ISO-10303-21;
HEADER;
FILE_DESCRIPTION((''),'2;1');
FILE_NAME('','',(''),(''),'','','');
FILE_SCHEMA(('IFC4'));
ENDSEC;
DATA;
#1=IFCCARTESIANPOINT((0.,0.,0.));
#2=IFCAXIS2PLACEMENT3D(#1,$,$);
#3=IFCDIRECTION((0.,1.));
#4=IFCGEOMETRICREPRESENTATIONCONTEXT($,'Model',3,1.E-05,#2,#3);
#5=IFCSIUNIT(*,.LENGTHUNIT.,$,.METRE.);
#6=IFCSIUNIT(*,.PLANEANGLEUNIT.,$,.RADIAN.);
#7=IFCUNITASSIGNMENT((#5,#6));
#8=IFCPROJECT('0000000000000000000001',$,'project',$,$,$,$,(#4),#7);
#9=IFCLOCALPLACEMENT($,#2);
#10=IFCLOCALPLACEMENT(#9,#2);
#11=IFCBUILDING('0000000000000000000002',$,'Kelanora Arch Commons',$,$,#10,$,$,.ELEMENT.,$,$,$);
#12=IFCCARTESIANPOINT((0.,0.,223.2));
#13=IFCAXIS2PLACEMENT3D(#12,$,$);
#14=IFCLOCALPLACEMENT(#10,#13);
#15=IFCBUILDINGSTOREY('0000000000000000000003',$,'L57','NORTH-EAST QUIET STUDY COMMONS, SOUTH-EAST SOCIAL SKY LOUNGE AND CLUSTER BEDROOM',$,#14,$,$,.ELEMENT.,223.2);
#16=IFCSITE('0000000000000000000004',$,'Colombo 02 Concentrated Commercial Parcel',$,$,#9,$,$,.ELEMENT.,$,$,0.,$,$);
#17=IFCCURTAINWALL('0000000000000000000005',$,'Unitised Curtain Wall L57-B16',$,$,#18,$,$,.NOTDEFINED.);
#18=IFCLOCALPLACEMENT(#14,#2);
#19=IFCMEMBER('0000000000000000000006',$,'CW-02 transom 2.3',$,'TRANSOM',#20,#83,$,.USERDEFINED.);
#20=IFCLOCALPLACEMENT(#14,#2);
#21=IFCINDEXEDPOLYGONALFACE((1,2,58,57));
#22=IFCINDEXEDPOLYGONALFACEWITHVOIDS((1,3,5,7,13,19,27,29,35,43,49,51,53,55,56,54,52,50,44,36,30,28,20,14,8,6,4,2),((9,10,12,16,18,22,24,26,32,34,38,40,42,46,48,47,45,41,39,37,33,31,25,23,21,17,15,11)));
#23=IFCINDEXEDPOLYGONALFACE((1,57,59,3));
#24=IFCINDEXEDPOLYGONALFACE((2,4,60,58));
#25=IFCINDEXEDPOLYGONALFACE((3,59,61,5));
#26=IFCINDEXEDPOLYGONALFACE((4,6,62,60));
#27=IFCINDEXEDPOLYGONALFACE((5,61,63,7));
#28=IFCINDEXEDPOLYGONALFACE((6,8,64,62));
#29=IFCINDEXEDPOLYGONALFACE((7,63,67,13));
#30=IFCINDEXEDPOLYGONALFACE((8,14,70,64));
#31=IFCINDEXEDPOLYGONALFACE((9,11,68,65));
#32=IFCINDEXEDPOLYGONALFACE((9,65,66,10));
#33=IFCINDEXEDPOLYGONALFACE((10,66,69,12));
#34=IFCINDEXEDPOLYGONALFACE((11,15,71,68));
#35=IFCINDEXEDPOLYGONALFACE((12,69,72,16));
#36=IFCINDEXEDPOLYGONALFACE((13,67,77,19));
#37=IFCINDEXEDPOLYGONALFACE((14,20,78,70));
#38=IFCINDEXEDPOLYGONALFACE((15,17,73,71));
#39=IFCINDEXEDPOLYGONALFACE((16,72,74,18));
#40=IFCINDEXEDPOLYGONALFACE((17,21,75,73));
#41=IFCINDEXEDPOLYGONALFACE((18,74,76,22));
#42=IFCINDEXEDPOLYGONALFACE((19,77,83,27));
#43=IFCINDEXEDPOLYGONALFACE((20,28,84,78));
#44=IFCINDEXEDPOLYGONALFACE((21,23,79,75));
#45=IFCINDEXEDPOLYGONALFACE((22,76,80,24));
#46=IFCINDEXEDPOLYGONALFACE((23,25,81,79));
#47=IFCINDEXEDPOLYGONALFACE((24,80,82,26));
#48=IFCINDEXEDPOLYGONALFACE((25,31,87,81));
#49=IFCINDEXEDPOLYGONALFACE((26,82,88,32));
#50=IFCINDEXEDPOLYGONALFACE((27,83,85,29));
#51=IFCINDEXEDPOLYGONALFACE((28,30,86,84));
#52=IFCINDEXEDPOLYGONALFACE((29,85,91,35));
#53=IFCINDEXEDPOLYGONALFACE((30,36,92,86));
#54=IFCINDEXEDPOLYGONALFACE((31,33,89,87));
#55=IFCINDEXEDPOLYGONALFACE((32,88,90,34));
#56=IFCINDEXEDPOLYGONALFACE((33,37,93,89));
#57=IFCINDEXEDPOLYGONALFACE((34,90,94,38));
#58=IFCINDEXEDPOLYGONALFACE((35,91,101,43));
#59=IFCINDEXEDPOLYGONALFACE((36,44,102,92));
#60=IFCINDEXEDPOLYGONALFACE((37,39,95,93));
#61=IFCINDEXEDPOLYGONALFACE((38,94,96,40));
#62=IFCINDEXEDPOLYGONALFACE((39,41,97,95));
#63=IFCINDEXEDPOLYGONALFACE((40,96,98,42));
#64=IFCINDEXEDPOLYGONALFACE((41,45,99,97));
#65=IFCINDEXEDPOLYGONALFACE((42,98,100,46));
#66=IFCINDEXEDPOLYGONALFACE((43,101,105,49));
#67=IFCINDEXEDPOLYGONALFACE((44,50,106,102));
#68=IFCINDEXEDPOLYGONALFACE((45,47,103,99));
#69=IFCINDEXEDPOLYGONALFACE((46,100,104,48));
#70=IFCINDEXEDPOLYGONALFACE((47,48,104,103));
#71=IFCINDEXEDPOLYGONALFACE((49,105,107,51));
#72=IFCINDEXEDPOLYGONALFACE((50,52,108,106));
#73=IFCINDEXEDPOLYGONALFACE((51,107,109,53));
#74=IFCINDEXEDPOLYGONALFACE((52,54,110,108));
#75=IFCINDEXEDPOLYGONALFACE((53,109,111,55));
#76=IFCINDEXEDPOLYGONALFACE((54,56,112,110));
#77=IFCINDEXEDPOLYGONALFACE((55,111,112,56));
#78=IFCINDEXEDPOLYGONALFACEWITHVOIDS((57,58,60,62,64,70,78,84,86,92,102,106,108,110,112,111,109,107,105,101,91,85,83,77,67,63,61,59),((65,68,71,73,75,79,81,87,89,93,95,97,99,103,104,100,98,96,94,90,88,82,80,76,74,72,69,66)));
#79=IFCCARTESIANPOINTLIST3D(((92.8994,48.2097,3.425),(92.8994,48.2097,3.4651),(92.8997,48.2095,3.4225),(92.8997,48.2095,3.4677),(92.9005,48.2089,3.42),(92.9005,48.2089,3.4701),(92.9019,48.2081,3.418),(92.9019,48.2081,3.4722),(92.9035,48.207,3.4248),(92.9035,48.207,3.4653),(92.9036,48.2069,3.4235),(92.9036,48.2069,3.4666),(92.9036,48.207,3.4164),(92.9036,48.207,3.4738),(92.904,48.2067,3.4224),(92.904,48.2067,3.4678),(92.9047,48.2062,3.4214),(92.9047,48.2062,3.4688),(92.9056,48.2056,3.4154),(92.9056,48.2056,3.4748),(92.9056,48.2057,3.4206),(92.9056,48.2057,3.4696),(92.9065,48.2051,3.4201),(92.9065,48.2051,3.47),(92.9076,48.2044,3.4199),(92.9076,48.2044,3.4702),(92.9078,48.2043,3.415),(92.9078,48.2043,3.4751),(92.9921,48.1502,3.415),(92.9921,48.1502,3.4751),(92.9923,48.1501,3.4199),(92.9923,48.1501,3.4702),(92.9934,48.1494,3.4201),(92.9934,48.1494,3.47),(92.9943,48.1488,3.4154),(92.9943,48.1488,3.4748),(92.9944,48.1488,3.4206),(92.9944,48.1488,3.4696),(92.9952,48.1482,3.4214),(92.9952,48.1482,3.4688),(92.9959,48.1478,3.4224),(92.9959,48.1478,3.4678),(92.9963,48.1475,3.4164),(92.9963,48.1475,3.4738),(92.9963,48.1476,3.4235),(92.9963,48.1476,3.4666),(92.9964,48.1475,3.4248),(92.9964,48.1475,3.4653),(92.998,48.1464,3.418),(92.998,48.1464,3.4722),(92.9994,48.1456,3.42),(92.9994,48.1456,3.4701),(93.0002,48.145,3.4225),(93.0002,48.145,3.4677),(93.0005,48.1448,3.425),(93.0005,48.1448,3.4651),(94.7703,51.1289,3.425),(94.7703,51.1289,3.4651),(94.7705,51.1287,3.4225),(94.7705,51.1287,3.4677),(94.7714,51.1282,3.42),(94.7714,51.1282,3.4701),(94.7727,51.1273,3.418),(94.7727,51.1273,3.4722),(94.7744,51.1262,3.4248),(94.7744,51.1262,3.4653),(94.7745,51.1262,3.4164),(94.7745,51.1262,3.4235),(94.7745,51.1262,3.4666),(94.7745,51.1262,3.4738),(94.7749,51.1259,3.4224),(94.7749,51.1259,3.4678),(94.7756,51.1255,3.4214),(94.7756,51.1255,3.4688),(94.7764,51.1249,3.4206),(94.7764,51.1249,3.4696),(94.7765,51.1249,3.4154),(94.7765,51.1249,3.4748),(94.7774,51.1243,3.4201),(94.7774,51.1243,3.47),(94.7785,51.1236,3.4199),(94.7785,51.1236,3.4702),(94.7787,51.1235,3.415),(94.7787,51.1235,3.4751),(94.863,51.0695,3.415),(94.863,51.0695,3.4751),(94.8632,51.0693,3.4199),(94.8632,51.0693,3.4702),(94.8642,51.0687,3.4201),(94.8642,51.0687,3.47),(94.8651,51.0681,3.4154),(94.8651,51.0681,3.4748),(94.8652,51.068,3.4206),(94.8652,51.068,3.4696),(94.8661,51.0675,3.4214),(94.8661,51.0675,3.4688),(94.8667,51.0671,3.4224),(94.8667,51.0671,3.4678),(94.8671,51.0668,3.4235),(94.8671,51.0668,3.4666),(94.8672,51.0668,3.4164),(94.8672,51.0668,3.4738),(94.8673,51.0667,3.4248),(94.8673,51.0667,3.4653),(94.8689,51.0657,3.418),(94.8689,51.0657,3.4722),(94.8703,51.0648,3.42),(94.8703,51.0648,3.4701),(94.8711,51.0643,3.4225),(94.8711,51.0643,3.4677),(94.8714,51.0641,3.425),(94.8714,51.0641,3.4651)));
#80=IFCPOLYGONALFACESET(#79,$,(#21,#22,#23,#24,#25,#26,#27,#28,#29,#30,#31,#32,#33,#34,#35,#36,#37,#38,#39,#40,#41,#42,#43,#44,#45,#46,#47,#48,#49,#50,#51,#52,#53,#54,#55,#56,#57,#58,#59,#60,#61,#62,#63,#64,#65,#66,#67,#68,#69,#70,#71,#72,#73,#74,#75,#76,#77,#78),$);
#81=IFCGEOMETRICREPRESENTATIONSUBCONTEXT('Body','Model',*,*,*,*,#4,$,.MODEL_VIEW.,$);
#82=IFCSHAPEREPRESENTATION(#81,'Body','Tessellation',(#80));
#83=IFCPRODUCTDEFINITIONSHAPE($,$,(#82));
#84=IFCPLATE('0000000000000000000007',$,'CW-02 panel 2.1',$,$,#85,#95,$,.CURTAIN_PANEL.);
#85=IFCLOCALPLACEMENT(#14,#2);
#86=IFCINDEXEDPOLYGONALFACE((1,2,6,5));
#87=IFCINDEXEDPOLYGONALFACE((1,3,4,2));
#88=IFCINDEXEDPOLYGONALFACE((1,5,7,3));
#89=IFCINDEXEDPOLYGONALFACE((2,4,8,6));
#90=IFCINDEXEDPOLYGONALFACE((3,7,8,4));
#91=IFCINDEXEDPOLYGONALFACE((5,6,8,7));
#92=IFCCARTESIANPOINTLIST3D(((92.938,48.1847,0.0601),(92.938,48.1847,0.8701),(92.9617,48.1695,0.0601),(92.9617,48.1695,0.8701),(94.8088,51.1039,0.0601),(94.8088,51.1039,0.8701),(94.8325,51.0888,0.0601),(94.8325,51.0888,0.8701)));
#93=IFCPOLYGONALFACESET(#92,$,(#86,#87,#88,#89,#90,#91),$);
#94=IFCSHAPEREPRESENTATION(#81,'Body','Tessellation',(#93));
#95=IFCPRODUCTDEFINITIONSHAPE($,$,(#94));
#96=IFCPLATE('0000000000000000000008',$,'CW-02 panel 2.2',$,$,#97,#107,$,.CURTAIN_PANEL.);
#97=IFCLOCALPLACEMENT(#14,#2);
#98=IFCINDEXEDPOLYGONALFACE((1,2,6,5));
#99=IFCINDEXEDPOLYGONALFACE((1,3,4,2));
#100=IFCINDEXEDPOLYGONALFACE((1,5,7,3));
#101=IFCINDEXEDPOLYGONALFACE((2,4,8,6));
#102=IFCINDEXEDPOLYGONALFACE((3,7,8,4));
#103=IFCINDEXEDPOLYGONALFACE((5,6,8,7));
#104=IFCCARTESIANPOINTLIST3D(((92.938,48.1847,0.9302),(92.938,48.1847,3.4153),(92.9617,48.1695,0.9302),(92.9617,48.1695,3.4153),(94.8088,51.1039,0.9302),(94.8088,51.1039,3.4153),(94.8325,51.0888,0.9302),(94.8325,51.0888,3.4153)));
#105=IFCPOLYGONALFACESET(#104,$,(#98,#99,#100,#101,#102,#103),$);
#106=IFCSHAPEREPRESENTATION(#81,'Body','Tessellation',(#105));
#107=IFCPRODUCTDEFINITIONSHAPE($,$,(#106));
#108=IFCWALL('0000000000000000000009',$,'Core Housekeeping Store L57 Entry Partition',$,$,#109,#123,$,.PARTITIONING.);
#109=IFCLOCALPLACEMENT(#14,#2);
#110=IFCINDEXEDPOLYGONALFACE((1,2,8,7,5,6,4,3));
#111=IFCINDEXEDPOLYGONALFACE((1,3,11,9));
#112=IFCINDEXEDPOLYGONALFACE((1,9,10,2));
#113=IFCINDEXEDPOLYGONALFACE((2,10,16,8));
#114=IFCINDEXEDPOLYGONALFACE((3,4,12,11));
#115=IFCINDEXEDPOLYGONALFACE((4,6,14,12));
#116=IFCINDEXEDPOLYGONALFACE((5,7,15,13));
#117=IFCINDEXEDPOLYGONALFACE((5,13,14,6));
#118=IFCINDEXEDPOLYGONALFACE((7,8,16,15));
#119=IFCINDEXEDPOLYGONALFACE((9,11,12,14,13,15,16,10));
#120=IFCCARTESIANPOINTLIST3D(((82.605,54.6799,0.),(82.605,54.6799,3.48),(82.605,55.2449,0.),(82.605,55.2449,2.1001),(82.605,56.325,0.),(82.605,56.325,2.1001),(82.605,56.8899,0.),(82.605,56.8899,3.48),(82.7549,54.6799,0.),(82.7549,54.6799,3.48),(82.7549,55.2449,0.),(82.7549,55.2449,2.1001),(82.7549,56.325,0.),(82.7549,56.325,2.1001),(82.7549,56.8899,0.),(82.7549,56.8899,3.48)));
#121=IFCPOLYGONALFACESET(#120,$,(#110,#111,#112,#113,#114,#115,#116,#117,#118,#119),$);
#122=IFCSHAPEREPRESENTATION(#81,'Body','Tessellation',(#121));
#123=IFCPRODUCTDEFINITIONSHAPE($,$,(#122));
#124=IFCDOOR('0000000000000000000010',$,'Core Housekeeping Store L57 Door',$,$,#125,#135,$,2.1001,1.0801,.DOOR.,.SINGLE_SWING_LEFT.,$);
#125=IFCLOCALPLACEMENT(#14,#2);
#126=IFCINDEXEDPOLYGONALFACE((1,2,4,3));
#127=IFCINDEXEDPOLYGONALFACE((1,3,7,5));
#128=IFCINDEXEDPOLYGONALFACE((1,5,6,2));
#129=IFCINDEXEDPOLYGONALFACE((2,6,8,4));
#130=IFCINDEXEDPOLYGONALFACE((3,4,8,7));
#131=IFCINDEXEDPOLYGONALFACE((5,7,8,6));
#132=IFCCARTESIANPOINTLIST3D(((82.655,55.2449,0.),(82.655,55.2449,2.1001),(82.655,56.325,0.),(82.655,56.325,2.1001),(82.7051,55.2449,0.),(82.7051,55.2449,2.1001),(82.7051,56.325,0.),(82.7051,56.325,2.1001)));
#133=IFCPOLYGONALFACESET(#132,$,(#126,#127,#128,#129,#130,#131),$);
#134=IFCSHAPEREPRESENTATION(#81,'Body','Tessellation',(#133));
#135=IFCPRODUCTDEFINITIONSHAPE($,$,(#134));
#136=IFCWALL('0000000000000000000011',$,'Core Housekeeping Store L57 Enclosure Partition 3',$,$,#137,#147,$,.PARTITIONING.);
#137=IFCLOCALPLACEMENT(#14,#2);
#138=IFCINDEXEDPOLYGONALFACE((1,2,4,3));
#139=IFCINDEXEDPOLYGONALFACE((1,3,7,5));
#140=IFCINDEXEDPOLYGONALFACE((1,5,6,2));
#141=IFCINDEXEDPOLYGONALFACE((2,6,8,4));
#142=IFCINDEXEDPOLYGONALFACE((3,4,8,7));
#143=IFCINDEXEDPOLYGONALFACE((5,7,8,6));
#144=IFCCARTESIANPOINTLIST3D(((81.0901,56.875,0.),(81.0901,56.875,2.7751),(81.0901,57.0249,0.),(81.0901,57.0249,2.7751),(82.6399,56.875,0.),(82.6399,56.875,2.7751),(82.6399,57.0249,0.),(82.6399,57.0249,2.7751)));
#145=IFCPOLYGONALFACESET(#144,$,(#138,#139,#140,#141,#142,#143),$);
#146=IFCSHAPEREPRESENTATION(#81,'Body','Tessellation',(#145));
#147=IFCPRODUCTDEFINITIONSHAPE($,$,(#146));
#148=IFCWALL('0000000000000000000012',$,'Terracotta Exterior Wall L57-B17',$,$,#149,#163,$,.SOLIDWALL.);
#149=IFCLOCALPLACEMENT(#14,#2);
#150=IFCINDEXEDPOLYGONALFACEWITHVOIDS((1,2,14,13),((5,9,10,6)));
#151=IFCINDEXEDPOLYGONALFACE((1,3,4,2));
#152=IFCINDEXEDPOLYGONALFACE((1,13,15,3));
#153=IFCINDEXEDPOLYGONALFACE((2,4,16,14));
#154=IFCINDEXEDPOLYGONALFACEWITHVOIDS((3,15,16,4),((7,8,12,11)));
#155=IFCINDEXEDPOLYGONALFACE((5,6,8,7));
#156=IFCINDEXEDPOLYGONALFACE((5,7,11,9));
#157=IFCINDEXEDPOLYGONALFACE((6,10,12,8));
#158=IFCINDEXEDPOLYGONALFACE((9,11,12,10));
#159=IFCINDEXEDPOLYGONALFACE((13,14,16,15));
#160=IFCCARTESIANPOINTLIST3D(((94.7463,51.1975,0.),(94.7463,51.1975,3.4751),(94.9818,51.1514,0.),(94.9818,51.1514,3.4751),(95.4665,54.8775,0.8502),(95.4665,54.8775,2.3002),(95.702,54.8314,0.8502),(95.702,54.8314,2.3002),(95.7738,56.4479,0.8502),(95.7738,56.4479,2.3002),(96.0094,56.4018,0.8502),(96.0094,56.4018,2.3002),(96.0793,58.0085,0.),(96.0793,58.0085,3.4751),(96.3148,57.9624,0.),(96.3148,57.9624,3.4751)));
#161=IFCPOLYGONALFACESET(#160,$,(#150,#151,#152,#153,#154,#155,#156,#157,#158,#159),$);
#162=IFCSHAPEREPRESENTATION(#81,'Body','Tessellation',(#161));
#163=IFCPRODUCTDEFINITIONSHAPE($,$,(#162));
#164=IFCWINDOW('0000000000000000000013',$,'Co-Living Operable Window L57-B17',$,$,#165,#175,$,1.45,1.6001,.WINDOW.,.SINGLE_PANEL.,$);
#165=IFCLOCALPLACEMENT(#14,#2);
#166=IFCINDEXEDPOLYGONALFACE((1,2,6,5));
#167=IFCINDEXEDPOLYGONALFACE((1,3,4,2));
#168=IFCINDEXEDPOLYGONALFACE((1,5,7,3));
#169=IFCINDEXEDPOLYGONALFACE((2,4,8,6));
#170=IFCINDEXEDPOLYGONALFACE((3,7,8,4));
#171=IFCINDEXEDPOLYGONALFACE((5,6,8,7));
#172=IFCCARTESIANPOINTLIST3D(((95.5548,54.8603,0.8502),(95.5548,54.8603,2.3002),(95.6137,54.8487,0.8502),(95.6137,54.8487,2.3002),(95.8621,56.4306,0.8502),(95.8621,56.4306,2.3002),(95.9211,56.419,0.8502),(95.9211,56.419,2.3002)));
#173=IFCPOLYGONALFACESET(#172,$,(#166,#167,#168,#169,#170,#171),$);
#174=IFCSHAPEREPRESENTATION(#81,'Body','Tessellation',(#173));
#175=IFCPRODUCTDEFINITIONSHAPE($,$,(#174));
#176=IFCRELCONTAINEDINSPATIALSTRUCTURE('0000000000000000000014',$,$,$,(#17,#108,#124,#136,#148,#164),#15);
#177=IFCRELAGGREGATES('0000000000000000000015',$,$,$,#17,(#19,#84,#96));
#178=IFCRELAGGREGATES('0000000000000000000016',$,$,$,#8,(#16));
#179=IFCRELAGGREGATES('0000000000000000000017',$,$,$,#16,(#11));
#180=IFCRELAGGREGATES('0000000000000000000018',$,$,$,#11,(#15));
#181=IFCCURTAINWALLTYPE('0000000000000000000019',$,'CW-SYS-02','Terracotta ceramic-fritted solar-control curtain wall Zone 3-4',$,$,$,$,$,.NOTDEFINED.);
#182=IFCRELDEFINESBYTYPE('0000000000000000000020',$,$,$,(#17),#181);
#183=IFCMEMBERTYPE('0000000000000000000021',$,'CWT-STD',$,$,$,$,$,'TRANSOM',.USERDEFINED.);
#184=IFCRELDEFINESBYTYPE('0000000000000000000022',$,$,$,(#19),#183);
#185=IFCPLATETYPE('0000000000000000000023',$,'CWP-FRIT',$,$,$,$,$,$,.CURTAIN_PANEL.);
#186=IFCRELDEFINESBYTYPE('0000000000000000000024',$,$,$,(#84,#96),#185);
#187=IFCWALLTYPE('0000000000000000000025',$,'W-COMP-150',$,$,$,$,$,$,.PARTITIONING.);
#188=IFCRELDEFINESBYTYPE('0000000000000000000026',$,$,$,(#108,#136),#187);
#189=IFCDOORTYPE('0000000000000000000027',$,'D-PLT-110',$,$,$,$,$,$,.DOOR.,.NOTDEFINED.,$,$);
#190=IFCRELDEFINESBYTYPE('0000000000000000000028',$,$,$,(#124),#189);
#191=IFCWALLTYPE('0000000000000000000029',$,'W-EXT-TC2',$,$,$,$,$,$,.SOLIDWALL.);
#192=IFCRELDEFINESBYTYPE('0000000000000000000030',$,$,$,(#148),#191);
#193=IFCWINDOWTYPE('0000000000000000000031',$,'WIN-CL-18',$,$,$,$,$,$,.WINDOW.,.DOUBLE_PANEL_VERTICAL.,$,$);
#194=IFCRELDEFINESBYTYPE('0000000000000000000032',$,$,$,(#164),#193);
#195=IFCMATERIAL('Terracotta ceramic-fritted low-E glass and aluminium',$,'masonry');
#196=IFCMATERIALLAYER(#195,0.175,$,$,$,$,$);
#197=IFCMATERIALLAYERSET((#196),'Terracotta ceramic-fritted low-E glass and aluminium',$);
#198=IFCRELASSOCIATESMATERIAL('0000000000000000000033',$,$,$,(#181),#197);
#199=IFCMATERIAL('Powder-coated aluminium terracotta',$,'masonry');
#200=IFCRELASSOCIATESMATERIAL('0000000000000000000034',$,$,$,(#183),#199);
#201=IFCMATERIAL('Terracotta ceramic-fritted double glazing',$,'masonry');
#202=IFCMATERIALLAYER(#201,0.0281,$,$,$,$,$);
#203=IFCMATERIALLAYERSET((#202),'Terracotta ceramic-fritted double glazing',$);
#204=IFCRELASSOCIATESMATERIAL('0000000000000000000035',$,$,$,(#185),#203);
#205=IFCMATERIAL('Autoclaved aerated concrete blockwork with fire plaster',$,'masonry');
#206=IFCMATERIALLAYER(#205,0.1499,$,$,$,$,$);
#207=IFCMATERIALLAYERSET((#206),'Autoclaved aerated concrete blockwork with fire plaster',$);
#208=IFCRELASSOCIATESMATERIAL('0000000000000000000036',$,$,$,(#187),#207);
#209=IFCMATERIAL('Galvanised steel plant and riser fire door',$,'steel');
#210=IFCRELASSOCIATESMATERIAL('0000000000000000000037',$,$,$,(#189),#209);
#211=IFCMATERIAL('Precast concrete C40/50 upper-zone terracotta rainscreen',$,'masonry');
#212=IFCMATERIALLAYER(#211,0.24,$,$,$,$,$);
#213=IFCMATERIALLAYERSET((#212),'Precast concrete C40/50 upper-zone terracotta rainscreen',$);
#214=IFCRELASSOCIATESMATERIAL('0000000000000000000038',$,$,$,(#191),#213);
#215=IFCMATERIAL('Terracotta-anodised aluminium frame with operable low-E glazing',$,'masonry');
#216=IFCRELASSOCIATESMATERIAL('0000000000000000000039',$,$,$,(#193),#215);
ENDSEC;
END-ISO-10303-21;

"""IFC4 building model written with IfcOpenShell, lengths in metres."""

from ifc_helpers import new_model, si_unit, direction, frame, frame_2d, origin, origin_2d, place, context, subcontext, project, spatial, rectangle, hollow_rectangle, extrude, source, transform, mapped, material, layer, layer_set, material_profile, profile_set, type_object, element, fill, aggregate, save


model = new_model("IFC4")

# Units and contexts
model_context = context("Model", 3, precision=1e-05, world=origin(), true_north=direction((0.0, 1.0)))
body_context = subcontext(model_context, "Body", "Model", "MODEL_VIEW")
ifc_project = project(units=[si_unit("LENGTHUNIT", "METRE"), si_unit("PLANEANGLEUNIT", "RADIAN")], contexts=[model_context])

# Site, building, storey
site_placement = place(None, origin())
site = spatial("IfcSite", under=ifc_project, at=site_placement, Name="Colombo 02 Concentrated Commercial Parcel", CompositionType="ELEMENT", RefElevation=0.0)
building_placement = place(site_placement, origin())
building = spatial("IfcBuilding", under=site, at=building_placement, Name="Kelanora Arch Commons", CompositionType="ELEMENT")
storey_placement = place(building_placement, frame((0.0, 0.0, 223.2)))
storey = spatial("IfcBuildingStorey", under=building, at=storey_placement, Name="L57", Description="NORTH-EAST QUIET STUDY COMMONS, SOUTH-EAST SOCIAL SKY LOUNGE AND CLUSTER BEDROOM", CompositionType="ELEMENT", Elevation=223.2)

# Curtain wall, member, plates
ifc_material_1 = material(Name="Terracotta ceramic-fritted low-E glass and aluminium", Category="masonry")
ifc_layer_1 = layer(ifc_material_1, 0.175)
ifc_layer_set_1 = layer_set([ifc_layer_1], Name="Terracotta ceramic-fritted low-E glass and aluminium")
curtain_wall_type = type_object("IfcCurtainWallType", Name="CW-SYS-02", Description="Terracotta ceramic-fritted solar-control curtain wall Zone 3-4", PredefinedType="NOTDEFINED", material=ifc_layer_set_1)
curtain_wall_placement = place(storey_placement, origin())
curtain_wall = element("IfcCurtainWall", 1, at=curtain_wall_placement, inside=storey, type_object=curtain_wall_type, Name="Unitised Curtain Wall L57-B16", PredefinedType="NOTDEFINED")
ifc_material_2 = material(Name="Powder-coated aluminium terracotta", Category="masonry")
ifc_material_profile_1 = material_profile(ifc_material_2, hollow_rectangle(XDim=0.1201, YDim=0.0601, WallThickness=0.0049, InnerFilletRadius=0.0049, OuterFilletRadius=0.01, at=origin_2d()), Name="CWT120x60")
ifc_profile_set_1 = profile_set([ifc_material_profile_1], Name="Powder-coated aluminium terracotta")
member_type_1 = type_object("IfcMemberType", Name="CWT-STD", ElementType="TRANSOM", PredefinedType="USERDEFINED", material=ifc_profile_set_1)
member_1_placement = place(storey_placement, frame((92.95, 48.1772, 3.4451), z_axis=(0.539579, 0.841935, 0.0), x_axis=(-0.841935, 0.539579, 0.0)))
member_1 = element("IfcMember", 2, at=member_1_placement, type_object=member_type_1, Name="CW-02 transom 2.3", ObjectType="TRANSOM", PredefinedType="USERDEFINED", context=body_context, shape_type="SweptSolid", body=[
    extrude(hollow_rectangle(XDim=0.1201, YDim=0.0601, WallThickness=0.0049, InnerFilletRadius=0.0049, OuterFilletRadius=0.01, at=origin_2d()), origin(), (0.0, 0.0, 1.0), 3.4673),
])
ifc_material_3 = material(Name="Terracotta ceramic-fritted double glazing", Category="masonry")
ifc_layer_2 = layer(ifc_material_3, 0.0281)
ifc_layer_set_2 = layer_set([ifc_layer_2], Name="Terracotta ceramic-fritted double glazing")
plate_type = type_object("IfcPlateType", Name="CWP-FRIT", PredefinedType="CURTAIN_PANEL", material=ifc_layer_set_2)
shared_shape_1 = source(origin(), body_context, "Body", "SweptSolid", [
    extrude(rectangle(XDim=3.4673, YDim=0.0281, at=origin_2d()), origin(), (0.0, 0.0, 1.0), 0.8101),
])
plate_1_placement = place(storey_placement, frame((93.8853, 49.6367, 0.0601), z_axis=(0.0, 0.0, 1.0), x_axis=(0.539559, 0.841948, 0.0)))
plate_1 = element("IfcPlate", 3, at=plate_1_placement, type_object=plate_type, Name="CW-02 panel 2.1", PredefinedType="CURTAIN_PANEL", context=body_context, shape_type="MappedRepresentation", body=[
    mapped(shared_shape_1, transform((0.0, 0.0, 0.0), scale=1.0)),
])
shared_shape_2 = source(origin(), body_context, "Body", "SweptSolid", [
    extrude(rectangle(XDim=3.4673, YDim=0.0281, at=origin_2d()), origin(), (0.0, 0.0, 1.0), 2.4851),
])
plate_2_placement = place(storey_placement, frame((93.8853, 49.6367, 0.9302), z_axis=(0.0, 0.0, 1.0), x_axis=(0.539559, 0.841948, 0.0)))
plate_2 = element("IfcPlate", 4, at=plate_2_placement, type_object=plate_type, Name="CW-02 panel 2.2", PredefinedType="CURTAIN_PANEL", context=body_context, shape_type="MappedRepresentation", body=[
    mapped(shared_shape_2, transform((0.0, 0.0, 0.0), scale=1.0)),
])
aggregate(curtain_wall, [member_1, plate_1, plate_2])

# Wall, opening, door
ifc_material_4 = material(Name="Autoclaved aerated concrete blockwork with fire plaster", Category="masonry")
ifc_layer_3 = layer(ifc_material_4, 0.1499)
ifc_layer_set_3 = layer_set([ifc_layer_3], Name="Autoclaved aerated concrete blockwork with fire plaster")
wall_type_1 = type_object("IfcWallType", Name="W-COMP-150", PredefinedType="PARTITIONING", material=ifc_layer_set_3)
wall_1_placement = place(storey_placement, frame((82.6799, 54.6799, 0.0), z_axis=(0.0, 0.0, 1.0), x_axis=(0.0, 1.0, 0.0)))
wall_1 = element("IfcWall", 5, at=wall_1_placement, inside=storey, type_object=wall_type_1, Name="Core Housekeeping Store L57 Entry Partition", PredefinedType="PARTITIONING", context=body_context, shape_type="SweptSolid", body=[
    extrude(rectangle(XDim=2.21, YDim=0.1499, at=frame_2d((1.105, 0.0))), origin(), (0.0, 0.0, 1.0), 3.48),
])
opening_1_placement = place(wall_1_placement, frame((0.5649, 0.0, 0.0)))
opening_1 = element("IfcOpeningElement", 6, at=opening_1_placement, cuts=wall_1, PredefinedType="OPENING", context=body_context, shape_type="SweptSolid", body=[
    extrude(rectangle(XDim=1.0801, YDim=2.1001, at=frame_2d((0.54, 1.05))), frame((0.0, 0.085, 0.0), z_axis=(0.0, -1.0, 0.0), x_axis=(1.0, 0.0, 0.0)), (0.0, 0.0, 1.0), 0.1699),
])
ifc_material_5 = material(Name="Galvanised steel plant and riser fire door", Category="steel")
door_type = type_object("IfcDoorType", Name="D-PLT-110", OperationType="NOTDEFINED", PredefinedType="DOOR", material=ifc_material_5)
door_placement = place(opening_1_placement, origin())
door = element("IfcDoor", 7, at=door_placement, inside=storey, type_object=door_type, Name="Core Housekeeping Store L57 Door", OperationType="SINGLE_SWING_LEFT", OverallHeight=2.1001, OverallWidth=1.0801, PredefinedType="DOOR", context=body_context, shape_type="SweptSolid", body=[
    extrude(rectangle(XDim=1.0801, YDim=2.1001, at=frame_2d((0.54, 1.05))), frame((0.0, 0.0249, 0.0), z_axis=(0.0, -1.0, 0.0), x_axis=(1.0, 0.0, 0.0)), (0.0, 0.0, 1.0), 0.05),
])
fill(opening_1, door)

# Wall
wall_2_placement = place(storey_placement, frame((82.6399, 56.95, 0.0), z_axis=(0.0, 0.0, 1.0), x_axis=(-1.0, 0.0, 0.0)))
element("IfcWall", 8, at=wall_2_placement, inside=storey, type_object=wall_type_1, Name="Core Housekeeping Store L57 Enclosure Partition 3", PredefinedType="PARTITIONING", context=body_context, shape_type="SweptSolid", body=[
    extrude(rectangle(XDim=1.5498, YDim=0.1499, at=frame_2d((0.7749, 0.0))), origin(), (0.0, 0.0, 1.0), 2.7751),
])

# Wall, opening, window
ifc_material_6 = material(Name="Precast concrete C40/50 upper-zone terracotta rainscreen", Category="masonry")
ifc_layer_4 = layer(ifc_material_6, 0.24)
ifc_layer_set_4 = layer_set([ifc_layer_4], Name="Precast concrete C40/50 upper-zone terracotta rainscreen")
wall_type_2 = type_object("IfcWallType", Name="W-EXT-TC2", PredefinedType="SOLIDWALL", material=ifc_layer_set_4)
wall_3_placement = place(storey_placement, frame((94.864, 51.1743, 0.0), z_axis=(0.0, 0.0, 1.0), x_axis=(0.192069, 0.981381, 0.0)))
wall_3 = element("IfcWall", 9, at=wall_3_placement, inside=storey, type_object=wall_type_2, Name="Terracotta Exterior Wall L57-B17", PredefinedType="SOLIDWALL", context=body_context, shape_type="SweptSolid", body=[
    extrude(rectangle(XDim=6.9402, YDim=0.24, at=frame_2d((3.4702, 0.0))), origin(), (0.0, 0.0, 1.0), 3.4751),
])
opening_2_placement = place(wall_3_placement, frame((3.75, 0.0, 0.8501)))
opening_2 = element("IfcOpeningElement", 10, at=opening_2_placement, cuts=wall_3, PredefinedType="OPENING", context=body_context, shape_type="SweptSolid", body=[
    extrude(rectangle(XDim=1.6001, YDim=1.45, at=frame_2d((0.8, 0.7251))), frame((0.0, 0.1299, 0.0), z_axis=(0.0, -1.0, 0.0), x_axis=(1.0, 0.0, 0.0)), (0.0, 0.0, 1.0), 0.26),
])
ifc_material_7 = material(Name="Terracotta-anodised aluminium frame with operable low-E glazing", Category="masonry")
window_type = type_object("IfcWindowType", Name="WIN-CL-18", PartitioningType="DOUBLE_PANEL_VERTICAL", PredefinedType="WINDOW", material=ifc_material_7)
window_placement = place(opening_2_placement, origin())
window = element("IfcWindow", 11, at=window_placement, inside=storey, type_object=window_type, Name="Co-Living Operable Window L57-B17", OverallHeight=1.45, OverallWidth=1.6001, PartitioningType="SINGLE_PANEL", PredefinedType="WINDOW", context=body_context, shape_type="SweptSolid", body=[
    extrude(rectangle(XDim=1.6001, YDim=1.45, at=frame_2d((0.8, 0.7251))), frame((0.0, 0.03, 0.0), z_axis=(0.0, -1.0, 0.0), x_axis=(1.0, 0.0, 0.0)), (0.0, 0.0, 1.0), 0.0601),
])
fill(opening_2, window)

save(model, "model.ifc")
